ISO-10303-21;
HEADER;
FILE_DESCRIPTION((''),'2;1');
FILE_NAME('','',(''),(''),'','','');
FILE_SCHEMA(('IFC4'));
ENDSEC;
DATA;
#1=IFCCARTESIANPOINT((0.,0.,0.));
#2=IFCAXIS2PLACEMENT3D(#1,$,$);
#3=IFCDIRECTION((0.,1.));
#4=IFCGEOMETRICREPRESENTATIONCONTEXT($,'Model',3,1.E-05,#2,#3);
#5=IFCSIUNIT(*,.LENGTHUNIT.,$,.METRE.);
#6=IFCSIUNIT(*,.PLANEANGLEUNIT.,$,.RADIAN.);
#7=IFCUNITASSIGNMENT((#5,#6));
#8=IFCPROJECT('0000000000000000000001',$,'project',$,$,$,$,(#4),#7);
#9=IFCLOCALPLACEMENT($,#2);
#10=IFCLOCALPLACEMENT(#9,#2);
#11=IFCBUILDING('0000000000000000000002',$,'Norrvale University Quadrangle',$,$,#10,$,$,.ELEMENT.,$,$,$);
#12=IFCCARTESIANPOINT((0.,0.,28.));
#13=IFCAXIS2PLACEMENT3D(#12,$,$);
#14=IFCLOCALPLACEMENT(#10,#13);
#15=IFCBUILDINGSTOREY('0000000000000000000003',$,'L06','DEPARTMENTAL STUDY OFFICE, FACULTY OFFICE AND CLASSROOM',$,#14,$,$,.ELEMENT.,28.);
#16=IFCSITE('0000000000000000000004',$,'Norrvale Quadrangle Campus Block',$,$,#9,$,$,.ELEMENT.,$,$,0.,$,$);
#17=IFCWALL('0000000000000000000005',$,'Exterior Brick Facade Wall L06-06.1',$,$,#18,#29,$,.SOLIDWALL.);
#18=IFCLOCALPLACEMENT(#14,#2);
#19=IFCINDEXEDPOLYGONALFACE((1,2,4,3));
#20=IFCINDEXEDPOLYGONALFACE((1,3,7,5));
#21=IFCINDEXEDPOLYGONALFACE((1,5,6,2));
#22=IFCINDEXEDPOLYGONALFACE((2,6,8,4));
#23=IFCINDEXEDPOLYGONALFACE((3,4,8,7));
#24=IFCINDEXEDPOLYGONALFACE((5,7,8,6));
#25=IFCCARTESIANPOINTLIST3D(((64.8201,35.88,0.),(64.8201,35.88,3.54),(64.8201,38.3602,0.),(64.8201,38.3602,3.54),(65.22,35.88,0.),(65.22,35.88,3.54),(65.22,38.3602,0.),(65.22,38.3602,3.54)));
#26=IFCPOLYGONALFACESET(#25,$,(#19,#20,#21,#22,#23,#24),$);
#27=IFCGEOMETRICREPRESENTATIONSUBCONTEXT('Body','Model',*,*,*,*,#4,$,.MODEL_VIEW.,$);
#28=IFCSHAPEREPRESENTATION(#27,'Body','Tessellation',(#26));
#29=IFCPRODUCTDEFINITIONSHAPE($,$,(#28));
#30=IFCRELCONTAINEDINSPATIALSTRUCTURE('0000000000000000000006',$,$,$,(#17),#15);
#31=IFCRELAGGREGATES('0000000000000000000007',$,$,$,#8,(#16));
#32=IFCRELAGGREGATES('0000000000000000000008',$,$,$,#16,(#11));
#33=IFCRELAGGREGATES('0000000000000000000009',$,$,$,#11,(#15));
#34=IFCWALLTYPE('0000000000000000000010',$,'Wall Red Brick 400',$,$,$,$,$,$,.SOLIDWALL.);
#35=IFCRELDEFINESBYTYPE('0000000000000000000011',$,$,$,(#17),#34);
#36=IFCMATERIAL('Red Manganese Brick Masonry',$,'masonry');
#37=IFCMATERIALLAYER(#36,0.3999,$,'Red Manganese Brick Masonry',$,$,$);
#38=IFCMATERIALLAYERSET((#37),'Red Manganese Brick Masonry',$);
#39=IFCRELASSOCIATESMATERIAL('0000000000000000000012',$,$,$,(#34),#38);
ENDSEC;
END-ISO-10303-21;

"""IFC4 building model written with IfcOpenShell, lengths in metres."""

from ifc_helpers import new_model, si_unit, direction, frame, frame_2d, origin, place, context, subcontext, project, spatial, rectangle, extrude, material, layer, layer_set, type_object, element, save


model = new_model("IFC4")

# Units and contexts
model_context = context("Model", 3, precision=1e-05, world=origin(), true_north=direction((0.0, 1.0)))
body_context = subcontext(model_context, "Body", "Model", "MODEL_VIEW")
ifc_project = project(units=[si_unit("LENGTHUNIT", "METRE"), si_unit("PLANEANGLEUNIT", "RADIAN")], contexts=[model_context])

# Site, building, storey
site_placement = place(None, origin())
site = spatial("IfcSite", under=ifc_project, at=site_placement, Name="Norrvale Quadrangle Campus Block", CompositionType="ELEMENT", RefElevation=0.0)
building_placement = place(site_placement, origin())
building = spatial("IfcBuilding", under=site, at=building_placement, Name="Norrvale University Quadrangle", CompositionType="ELEMENT")
storey_placement = place(building_placement, frame((0.0, 0.0, 28.0)))
storey = spatial("IfcBuildingStorey", under=building, at=storey_placement, Name="L06", Description="DEPARTMENTAL STUDY OFFICE, FACULTY OFFICE AND CLASSROOM", CompositionType="ELEMENT", Elevation=28.0)

# Wall
ifc_material_1 = material(Name="Red Manganese Brick Masonry", Category="masonry")
ifc_layer = layer(ifc_material_1, 0.3999, Name="Red Manganese Brick Masonry")
ifc_layer_set = layer_set([ifc_layer], Name="Red Manganese Brick Masonry")
wall_type = type_object("IfcWallType", Name="Wall Red Brick 400", PredefinedType="SOLIDWALL", material=ifc_layer_set)
wall_1_placement = place(storey_placement, frame((65.02, 35.8799, 0.0), z_axis=(0.0, 0.0, 1.0), x_axis=(0.0, 1.0, 0.0)))
element("IfcWall", 1, at=wall_1_placement, inside=storey, type_object=wall_type, Name="Exterior Brick Facade Wall L06-06.1", PredefinedType="SOLIDWALL", context=body_context, shape_type="SweptSolid", body=[
    extrude(rectangle(XDim=2.4802, YDim=0.3999, at=frame_2d((1.2402, 0.0))), origin(), (0.0, 0.0, 1.0), 3.54),
])

save(model, "model.ifc")
